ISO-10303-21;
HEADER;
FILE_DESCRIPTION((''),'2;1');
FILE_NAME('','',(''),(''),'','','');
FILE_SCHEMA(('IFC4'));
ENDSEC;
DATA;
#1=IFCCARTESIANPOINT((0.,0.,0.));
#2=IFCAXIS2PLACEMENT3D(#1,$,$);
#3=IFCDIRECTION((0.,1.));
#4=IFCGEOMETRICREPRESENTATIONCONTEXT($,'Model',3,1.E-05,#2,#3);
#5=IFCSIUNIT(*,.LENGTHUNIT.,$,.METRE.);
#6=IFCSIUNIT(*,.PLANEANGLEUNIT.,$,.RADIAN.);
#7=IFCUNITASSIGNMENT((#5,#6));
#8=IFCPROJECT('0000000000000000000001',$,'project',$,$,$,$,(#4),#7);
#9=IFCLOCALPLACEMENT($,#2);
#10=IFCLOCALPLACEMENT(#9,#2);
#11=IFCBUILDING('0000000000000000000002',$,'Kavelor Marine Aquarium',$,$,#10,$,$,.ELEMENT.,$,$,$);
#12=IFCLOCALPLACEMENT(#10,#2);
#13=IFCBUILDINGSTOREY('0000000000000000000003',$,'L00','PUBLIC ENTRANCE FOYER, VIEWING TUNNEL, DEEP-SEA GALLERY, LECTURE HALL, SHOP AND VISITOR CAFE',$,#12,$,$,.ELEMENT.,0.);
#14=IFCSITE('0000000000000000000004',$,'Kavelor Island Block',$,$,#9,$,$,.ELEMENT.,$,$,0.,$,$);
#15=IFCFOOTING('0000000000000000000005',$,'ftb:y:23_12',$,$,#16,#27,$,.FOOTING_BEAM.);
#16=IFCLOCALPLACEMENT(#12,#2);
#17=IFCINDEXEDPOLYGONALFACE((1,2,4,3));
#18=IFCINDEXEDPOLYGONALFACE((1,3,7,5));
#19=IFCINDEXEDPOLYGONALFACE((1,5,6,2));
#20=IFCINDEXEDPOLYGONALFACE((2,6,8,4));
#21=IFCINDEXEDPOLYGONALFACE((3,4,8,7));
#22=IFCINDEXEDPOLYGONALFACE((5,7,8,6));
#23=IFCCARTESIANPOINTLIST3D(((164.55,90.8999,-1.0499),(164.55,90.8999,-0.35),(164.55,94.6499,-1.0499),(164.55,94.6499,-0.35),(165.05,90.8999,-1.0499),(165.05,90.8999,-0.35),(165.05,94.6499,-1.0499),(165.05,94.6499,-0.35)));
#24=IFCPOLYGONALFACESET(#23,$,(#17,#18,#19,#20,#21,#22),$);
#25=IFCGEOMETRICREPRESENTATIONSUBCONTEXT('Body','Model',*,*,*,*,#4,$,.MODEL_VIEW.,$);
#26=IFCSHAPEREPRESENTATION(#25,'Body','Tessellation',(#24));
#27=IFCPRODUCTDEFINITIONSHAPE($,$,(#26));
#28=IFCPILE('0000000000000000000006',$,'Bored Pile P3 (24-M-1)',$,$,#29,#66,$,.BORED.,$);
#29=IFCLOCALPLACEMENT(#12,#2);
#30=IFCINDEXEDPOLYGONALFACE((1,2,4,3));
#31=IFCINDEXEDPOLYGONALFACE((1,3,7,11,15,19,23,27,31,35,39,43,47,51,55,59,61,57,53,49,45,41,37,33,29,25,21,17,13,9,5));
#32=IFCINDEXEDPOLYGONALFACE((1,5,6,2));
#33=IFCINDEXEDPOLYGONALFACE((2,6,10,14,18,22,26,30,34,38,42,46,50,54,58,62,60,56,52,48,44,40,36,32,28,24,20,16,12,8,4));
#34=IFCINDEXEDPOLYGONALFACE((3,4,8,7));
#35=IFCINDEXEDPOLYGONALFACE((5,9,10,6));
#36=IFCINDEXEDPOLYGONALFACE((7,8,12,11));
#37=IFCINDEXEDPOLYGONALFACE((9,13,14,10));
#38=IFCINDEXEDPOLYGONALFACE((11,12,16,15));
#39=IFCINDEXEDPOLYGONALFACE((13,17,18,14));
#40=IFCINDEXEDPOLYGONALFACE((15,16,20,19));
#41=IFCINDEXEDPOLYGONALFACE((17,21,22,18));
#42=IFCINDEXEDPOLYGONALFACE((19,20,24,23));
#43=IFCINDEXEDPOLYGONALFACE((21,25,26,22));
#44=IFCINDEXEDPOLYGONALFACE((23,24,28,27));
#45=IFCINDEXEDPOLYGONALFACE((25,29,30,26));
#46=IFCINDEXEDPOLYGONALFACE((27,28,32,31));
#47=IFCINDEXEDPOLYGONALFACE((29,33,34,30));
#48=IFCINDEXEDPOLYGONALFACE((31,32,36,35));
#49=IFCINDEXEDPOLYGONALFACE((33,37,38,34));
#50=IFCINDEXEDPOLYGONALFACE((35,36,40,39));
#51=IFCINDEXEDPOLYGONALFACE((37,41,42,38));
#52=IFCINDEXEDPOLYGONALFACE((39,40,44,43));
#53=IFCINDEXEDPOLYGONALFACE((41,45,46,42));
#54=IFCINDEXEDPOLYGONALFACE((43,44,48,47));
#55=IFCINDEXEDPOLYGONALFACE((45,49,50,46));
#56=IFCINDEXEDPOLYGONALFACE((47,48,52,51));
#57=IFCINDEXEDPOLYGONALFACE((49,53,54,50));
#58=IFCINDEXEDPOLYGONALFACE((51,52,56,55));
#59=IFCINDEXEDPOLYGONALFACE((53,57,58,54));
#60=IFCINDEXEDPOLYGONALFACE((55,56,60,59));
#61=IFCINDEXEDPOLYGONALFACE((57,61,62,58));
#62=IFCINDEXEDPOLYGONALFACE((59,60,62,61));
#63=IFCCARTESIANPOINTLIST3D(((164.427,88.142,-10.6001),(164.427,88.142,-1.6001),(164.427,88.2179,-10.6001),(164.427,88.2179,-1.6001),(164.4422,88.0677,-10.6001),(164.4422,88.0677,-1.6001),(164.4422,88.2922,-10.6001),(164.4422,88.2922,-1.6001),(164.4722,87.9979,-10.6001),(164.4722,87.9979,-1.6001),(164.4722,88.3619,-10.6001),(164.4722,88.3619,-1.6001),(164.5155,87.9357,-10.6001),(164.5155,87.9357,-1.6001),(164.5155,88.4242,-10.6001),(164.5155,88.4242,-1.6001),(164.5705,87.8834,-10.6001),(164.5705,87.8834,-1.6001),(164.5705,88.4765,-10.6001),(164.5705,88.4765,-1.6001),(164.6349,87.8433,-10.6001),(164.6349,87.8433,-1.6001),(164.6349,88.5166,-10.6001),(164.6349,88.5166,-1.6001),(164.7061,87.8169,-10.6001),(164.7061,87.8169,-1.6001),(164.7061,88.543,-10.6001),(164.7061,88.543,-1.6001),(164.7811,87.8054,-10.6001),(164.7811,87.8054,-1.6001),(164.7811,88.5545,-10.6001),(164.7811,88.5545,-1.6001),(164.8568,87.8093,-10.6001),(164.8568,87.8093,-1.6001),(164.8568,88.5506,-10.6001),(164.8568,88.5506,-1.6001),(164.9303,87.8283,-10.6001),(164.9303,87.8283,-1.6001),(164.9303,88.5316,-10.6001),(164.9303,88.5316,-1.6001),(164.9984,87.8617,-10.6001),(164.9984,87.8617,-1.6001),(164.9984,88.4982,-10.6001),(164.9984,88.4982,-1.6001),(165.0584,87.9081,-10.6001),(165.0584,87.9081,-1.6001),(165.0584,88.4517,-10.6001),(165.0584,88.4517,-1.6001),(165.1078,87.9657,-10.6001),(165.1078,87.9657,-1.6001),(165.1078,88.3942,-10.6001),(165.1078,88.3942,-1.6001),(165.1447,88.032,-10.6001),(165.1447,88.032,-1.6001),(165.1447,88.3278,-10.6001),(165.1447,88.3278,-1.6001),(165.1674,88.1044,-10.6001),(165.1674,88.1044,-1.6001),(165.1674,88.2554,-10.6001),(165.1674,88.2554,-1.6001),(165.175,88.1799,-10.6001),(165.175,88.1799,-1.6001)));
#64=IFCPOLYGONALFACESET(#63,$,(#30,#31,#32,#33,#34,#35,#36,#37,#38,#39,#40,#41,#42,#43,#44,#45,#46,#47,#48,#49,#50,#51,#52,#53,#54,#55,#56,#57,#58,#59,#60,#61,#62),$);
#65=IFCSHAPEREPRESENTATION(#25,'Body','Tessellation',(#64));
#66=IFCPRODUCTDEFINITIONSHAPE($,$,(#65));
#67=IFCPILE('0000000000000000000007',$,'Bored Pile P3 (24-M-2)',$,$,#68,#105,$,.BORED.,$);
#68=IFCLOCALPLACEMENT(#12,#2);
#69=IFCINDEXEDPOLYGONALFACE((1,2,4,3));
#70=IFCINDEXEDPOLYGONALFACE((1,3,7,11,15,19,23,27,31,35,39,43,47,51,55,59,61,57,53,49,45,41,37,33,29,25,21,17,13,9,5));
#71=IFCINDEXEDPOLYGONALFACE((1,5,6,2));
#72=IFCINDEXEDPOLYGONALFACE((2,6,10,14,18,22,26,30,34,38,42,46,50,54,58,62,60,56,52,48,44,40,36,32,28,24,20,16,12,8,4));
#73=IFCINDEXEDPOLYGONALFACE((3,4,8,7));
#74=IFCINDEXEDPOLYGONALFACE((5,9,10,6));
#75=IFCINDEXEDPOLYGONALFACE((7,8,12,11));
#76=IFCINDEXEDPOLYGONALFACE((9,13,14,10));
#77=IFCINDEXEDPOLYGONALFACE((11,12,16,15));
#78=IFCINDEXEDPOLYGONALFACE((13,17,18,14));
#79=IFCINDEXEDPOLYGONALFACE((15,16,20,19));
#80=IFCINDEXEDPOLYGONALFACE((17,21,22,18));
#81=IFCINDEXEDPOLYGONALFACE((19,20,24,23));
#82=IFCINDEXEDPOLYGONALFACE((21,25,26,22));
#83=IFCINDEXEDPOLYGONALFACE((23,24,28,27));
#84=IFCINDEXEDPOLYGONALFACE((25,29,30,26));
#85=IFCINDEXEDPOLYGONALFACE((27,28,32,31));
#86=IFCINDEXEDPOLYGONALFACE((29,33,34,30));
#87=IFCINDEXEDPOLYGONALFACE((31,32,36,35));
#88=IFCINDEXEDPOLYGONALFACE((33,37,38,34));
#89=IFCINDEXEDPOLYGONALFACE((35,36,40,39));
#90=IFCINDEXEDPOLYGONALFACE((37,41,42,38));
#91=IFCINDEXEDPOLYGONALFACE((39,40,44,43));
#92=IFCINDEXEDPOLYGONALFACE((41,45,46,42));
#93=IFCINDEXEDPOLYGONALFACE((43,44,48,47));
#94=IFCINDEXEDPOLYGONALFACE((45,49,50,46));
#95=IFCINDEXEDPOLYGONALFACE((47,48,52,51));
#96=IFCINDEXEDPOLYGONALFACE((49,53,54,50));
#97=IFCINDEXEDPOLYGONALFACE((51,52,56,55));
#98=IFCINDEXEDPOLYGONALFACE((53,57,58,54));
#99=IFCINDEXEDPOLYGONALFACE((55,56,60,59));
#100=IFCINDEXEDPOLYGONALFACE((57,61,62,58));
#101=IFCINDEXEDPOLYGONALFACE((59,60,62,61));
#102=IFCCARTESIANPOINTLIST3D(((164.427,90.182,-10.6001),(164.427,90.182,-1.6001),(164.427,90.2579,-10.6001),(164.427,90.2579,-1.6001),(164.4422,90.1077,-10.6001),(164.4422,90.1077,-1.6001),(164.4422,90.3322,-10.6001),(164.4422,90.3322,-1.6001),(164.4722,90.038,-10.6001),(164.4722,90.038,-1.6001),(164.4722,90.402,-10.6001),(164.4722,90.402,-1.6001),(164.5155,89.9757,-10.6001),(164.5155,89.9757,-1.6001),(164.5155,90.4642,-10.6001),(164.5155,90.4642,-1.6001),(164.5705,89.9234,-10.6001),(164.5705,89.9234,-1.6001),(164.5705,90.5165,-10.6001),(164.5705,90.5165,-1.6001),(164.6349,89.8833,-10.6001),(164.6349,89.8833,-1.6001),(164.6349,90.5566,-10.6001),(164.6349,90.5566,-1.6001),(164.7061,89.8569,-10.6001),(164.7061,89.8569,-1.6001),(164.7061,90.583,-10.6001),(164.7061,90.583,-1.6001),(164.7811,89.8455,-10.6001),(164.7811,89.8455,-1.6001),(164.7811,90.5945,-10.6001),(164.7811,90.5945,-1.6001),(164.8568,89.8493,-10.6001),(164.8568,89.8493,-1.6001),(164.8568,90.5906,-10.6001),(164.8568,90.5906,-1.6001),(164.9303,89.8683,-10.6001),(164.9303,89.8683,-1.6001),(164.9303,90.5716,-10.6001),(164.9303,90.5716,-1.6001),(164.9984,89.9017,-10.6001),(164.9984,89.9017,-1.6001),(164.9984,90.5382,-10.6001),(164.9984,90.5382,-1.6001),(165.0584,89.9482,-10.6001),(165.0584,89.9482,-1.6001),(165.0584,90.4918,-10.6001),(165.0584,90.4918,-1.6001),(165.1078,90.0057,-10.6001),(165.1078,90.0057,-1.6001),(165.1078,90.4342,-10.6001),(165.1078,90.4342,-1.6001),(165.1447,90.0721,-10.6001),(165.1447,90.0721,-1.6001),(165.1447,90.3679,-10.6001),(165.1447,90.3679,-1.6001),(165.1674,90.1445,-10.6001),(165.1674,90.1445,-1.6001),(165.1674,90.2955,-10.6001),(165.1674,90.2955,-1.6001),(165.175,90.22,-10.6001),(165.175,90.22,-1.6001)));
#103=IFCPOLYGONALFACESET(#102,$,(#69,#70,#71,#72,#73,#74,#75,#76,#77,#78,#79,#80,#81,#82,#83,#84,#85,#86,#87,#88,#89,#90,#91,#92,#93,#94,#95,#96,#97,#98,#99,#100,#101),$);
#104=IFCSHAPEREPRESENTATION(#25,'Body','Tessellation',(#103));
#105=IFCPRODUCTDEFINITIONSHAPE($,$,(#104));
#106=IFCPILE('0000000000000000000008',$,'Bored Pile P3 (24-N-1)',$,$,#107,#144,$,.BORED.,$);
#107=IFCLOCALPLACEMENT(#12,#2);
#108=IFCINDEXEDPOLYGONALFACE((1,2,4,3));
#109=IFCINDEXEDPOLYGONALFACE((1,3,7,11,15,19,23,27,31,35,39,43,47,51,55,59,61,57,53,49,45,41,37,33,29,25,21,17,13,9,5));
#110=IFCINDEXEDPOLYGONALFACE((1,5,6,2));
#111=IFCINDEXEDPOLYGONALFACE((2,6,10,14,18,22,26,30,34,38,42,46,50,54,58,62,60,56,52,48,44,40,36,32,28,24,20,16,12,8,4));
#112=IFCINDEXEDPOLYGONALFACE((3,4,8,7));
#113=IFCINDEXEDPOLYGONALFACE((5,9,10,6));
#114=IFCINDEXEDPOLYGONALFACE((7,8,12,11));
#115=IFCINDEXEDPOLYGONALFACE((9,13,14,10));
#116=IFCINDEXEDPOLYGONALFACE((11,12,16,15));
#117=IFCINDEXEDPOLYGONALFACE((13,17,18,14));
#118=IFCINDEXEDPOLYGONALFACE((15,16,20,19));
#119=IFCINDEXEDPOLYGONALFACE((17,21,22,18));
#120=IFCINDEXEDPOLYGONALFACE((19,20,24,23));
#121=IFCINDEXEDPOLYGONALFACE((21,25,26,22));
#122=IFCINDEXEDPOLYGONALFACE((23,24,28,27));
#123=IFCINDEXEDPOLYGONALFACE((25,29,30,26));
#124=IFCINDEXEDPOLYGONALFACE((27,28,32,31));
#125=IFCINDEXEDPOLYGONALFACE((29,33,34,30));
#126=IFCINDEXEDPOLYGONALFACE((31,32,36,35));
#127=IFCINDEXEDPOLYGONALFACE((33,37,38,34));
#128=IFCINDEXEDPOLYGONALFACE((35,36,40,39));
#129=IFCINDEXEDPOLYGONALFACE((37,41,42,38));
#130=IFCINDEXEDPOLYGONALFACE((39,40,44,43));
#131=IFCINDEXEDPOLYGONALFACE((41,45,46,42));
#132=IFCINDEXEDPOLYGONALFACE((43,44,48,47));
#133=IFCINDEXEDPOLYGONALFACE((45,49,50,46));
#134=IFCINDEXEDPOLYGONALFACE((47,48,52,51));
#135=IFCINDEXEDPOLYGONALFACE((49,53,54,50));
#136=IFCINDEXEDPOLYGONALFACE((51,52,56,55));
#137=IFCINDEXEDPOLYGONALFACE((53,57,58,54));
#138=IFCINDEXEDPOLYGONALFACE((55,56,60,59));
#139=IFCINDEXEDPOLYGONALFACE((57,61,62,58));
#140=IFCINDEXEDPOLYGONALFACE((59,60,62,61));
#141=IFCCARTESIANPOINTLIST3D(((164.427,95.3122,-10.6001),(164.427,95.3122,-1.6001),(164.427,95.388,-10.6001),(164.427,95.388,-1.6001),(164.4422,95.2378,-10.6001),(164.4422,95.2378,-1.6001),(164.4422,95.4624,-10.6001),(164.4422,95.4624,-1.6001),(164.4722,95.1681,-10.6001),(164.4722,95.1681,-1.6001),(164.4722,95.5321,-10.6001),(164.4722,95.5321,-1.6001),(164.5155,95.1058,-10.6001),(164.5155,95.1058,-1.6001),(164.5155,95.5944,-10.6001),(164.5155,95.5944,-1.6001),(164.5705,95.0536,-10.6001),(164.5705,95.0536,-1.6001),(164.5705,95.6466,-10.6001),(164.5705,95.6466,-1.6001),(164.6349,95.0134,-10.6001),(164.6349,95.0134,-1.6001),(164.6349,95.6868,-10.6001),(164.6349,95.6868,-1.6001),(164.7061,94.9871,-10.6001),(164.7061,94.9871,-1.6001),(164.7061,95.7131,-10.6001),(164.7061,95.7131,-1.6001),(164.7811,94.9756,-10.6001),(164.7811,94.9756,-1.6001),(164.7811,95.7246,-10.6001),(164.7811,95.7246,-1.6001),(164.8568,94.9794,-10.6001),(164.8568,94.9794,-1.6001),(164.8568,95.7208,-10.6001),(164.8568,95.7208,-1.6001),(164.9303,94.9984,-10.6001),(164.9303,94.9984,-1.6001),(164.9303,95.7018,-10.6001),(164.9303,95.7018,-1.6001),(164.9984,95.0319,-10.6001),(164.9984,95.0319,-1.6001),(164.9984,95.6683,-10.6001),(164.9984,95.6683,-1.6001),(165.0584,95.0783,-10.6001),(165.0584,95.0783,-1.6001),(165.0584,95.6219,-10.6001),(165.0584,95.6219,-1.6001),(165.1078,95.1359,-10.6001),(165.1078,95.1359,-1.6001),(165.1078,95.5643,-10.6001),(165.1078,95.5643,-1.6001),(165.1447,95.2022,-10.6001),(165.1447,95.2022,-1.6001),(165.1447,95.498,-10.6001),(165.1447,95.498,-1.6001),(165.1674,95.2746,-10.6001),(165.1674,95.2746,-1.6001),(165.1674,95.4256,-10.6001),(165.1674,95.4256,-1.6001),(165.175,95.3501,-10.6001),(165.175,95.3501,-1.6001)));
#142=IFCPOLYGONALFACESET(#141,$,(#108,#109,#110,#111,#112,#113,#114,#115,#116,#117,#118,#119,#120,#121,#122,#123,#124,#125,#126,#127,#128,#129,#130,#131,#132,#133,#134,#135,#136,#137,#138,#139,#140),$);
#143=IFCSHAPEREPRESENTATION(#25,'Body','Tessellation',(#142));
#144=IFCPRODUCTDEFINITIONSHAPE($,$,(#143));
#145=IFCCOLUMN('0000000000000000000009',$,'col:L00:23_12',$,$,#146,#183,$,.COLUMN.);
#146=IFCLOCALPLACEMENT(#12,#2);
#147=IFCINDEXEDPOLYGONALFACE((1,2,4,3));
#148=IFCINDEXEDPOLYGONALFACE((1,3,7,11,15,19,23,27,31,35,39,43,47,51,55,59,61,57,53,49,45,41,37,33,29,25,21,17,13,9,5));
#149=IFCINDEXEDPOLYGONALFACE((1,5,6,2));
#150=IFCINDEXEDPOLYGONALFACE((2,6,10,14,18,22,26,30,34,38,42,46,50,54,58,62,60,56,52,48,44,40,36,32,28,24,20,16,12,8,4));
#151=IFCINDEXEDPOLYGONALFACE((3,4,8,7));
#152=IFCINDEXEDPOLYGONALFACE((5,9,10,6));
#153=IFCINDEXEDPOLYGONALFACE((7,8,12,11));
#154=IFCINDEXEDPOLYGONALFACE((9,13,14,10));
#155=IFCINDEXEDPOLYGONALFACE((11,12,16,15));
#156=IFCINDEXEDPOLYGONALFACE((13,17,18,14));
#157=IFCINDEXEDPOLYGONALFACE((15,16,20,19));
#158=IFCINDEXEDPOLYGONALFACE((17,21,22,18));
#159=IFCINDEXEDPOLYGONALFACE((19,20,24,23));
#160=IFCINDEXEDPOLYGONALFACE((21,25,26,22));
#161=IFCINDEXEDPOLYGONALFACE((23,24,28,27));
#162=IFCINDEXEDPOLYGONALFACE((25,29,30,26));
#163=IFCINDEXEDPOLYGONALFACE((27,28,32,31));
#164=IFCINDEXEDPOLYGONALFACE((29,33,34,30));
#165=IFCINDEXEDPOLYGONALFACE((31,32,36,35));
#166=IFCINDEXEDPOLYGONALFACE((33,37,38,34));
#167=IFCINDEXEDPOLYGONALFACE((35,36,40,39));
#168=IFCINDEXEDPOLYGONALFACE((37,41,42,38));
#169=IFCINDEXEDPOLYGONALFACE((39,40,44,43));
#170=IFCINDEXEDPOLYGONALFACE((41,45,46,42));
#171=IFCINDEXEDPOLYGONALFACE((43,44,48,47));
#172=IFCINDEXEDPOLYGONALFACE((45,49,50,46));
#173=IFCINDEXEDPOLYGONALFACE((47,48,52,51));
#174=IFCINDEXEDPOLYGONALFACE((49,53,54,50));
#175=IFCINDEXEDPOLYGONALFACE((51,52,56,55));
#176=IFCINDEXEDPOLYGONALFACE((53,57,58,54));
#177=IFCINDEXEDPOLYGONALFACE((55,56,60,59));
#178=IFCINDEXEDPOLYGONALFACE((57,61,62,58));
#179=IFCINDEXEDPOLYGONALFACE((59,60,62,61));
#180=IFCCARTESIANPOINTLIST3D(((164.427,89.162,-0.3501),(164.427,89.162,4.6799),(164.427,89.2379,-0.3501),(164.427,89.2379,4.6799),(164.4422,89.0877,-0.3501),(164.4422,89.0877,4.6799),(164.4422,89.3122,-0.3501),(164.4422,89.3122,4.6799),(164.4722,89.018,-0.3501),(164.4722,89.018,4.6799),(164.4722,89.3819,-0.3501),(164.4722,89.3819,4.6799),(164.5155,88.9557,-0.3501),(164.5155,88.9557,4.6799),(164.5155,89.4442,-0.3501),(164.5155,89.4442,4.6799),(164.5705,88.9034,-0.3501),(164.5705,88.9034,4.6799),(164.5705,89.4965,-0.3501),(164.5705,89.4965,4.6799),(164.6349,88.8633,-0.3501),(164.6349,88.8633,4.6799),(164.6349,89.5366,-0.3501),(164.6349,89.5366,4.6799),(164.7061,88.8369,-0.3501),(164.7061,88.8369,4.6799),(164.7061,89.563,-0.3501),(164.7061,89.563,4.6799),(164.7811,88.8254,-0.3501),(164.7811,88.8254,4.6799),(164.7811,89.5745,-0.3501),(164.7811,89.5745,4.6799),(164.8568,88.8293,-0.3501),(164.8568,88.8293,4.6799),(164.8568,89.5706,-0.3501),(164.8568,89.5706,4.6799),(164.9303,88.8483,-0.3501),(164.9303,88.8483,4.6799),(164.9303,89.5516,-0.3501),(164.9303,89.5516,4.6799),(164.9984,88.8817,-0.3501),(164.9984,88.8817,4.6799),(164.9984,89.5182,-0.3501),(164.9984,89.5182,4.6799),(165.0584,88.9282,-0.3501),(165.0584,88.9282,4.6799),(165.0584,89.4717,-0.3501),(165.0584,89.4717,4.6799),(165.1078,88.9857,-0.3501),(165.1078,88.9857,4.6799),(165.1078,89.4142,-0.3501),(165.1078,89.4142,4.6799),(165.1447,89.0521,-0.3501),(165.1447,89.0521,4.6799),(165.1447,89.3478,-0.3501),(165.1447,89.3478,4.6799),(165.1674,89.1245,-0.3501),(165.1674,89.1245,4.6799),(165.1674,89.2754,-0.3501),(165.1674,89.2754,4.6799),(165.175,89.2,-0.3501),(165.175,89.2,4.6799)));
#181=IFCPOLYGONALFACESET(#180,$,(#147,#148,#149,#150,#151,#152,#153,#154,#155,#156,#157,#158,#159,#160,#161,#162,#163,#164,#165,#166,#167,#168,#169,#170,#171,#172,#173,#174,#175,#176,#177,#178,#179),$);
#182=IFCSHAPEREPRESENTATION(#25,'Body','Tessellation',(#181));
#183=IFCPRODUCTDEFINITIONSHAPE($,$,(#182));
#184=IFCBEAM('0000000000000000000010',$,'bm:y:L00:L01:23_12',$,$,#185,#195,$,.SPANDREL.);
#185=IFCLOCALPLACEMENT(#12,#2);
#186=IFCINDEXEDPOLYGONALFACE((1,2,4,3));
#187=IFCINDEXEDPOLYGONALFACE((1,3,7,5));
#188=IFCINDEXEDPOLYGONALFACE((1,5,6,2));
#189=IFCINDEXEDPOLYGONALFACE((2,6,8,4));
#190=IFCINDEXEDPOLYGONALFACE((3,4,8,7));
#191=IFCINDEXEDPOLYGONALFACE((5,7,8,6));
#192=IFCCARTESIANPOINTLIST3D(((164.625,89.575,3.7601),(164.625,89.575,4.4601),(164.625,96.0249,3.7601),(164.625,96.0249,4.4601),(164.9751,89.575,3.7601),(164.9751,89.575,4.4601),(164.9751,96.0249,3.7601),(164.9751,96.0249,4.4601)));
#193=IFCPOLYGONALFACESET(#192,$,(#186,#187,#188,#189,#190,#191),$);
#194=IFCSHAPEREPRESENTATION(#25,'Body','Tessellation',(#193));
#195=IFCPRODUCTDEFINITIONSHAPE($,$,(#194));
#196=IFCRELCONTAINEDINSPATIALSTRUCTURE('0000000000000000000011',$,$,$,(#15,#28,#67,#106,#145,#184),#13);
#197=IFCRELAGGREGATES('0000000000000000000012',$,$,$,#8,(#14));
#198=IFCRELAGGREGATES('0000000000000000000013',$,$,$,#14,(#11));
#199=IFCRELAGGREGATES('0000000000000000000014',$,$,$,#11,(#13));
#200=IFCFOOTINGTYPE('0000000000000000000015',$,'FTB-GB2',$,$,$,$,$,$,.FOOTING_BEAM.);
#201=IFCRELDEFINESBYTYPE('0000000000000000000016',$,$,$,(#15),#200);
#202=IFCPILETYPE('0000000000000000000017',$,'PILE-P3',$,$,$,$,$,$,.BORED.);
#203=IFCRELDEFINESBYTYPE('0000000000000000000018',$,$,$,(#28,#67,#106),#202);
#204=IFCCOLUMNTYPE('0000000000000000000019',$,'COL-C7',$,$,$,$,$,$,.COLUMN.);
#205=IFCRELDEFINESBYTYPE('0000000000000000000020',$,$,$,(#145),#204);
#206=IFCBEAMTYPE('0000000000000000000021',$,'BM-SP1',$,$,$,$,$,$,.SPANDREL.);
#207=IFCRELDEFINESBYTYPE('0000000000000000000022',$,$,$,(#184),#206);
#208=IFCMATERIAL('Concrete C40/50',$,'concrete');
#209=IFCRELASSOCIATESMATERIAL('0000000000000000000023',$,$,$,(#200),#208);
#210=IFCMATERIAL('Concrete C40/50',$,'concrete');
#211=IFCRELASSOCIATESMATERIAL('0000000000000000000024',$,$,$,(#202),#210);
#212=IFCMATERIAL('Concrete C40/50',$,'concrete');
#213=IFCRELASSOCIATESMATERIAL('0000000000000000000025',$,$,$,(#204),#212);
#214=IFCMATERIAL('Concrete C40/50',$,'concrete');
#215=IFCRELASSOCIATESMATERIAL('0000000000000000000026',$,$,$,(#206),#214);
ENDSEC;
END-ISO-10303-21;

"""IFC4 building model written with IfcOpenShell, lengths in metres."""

from ifc_helpers import new_model, si_unit, direction, frame, origin, origin_2d, place, context, subcontext, project, spatial, rectangle, circle, extrude, material, material_profile, profile_set, type_object, element, save


model = new_model("IFC4")

# Units and contexts
model_context = context("Model", 3, precision=1e-05, world=origin(), true_north=direction((0.0, 1.0)))
body_context = subcontext(model_context, "Body", "Model", "MODEL_VIEW")
ifc_project = project(units=[si_unit("LENGTHUNIT", "METRE"), si_unit("PLANEANGLEUNIT", "RADIAN")], contexts=[model_context])

# Site, building, storey
site_placement = place(None, origin())
site = spatial("IfcSite", under=ifc_project, at=site_placement, Name="Kavelor Island Block", CompositionType="ELEMENT", RefElevation=0.0)
building_placement = place(site_placement, origin())
building = spatial("IfcBuilding", under=site, at=building_placement, Name="Kavelor Marine Aquarium", CompositionType="ELEMENT")
storey_placement = place(building_placement, origin())
storey = spatial("IfcBuildingStorey", under=building, at=storey_placement, Name="L00", Description="PUBLIC ENTRANCE FOYER, VIEWING TUNNEL, DEEP-SEA GALLERY, LECTURE HALL, SHOP AND VISITOR CAFE", CompositionType="ELEMENT", Elevation=0.0)

# Footing
ifc_material_1 = material(Name="Concrete C40/50", Category="concrete")
ifc_material_profile_1 = material_profile(ifc_material_1, rectangle(XDim=0.5, YDim=0.7, at=origin_2d()), Name="GB 500x700")
ifc_profile_set_1 = profile_set([ifc_material_profile_1], Name="Concrete C40/50")
footing_type = type_object("IfcFootingType", Name="FTB-GB2", PredefinedType="FOOTING_BEAM", material=ifc_profile_set_1)
footing_placement = place(storey_placement, frame((164.8, 90.8999, -0.7), z_axis=(0.0, 1.0, 0.0), x_axis=(-1.0, 0.0, 0.0)))
element("IfcFooting", 1, at=footing_placement, inside=storey, type_object=footing_type, Name="ftb:y:23_12", PredefinedType="FOOTING_BEAM", context=body_context, shape_type="SweptSolid", body=[
    extrude(rectangle(XDim=0.5, YDim=0.7, at=origin_2d()), origin(), (0.0, 0.0, 1.0), 3.75),
])

# Piles
ifc_material_2 = material(Name="Concrete C40/50", Category="concrete")
ifc_material_profile_2 = material_profile(ifc_material_2, circle(Radius=0.375, at=origin_2d()), Name="PILE D750")
ifc_profile_set_2 = profile_set([ifc_material_profile_2], Name="Concrete C40/50")
pile_type = type_object("IfcPileType", Name="PILE-P3", PredefinedType="BORED", material=ifc_profile_set_2)
for number, where, z_axis, x_axis, name in (
    (2, (164.8, 88.1799, -1.6001), (0.0, 0.0, -1.0), (1.0, 0.0, 0.0), "Bored Pile P3 (24-M-1)"),
    (3, (164.8, 90.22, -1.6001), (0.0, 0.0, -1.0), (1.0, 0.0, 0.0), "Bored Pile P3 (24-M-2)"),
    (4, (164.8, 95.3501, -1.6001), (0.0, 0.0, -1.0), (1.0, 0.0, 0.0), "Bored Pile P3 (24-N-1)"),
):
    element("IfcPile", number, at=place(storey_placement, frame(where, z_axis=z_axis, x_axis=x_axis)), inside=storey, type_object=pile_type, Name=name, PredefinedType="BORED", context=body_context, shape_type="SweptSolid", body=[
        extrude(circle(Radius=0.375, at=origin_2d()), origin(), (0.0, 0.0, 1.0), 9.0),
    ])

# Column
ifc_material_3 = material(Name="Concrete C40/50", Category="concrete")
ifc_material_profile_3 = material_profile(ifc_material_3, circle(Radius=0.375, at=origin_2d()), Name="RC-COL D750")
ifc_profile_set_3 = profile_set([ifc_material_profile_3], Name="Concrete C40/50")
column_type = type_object("IfcColumnType", Name="COL-C7", PredefinedType="COLUMN", material=ifc_profile_set_3)
column_placement = place(storey_placement, frame((164.8, 89.2, -0.3501), z_axis=(0.0, 0.0, 1.0), x_axis=(1.0, 0.0, 0.0)))
element("IfcColumn", 5, at=column_placement, inside=storey, type_object=column_type, Name="col:L00:23_12", PredefinedType="COLUMN", context=body_context, shape_type="SweptSolid", body=[
    extrude(circle(Radius=0.375, at=origin_2d()), origin(), (0.0, 0.0, 1.0), 5.03),
])

# Beam
ifc_material_4 = material(Name="Concrete C40/50", Category="concrete")
ifc_material_profile_4 = material_profile(ifc_material_4, rectangle(XDim=0.3501, YDim=0.7, at=origin_2d()), Name="RC-SP 350x700")
ifc_profile_set_4 = profile_set([ifc_material_profile_4], Name="Concrete C40/50")
beam_type = type_object("IfcBeamType", Name="BM-SP1", PredefinedType="SPANDREL", material=ifc_profile_set_4)
beam_placement = place(storey_placement, frame((164.8, 89.575, 4.1101), z_axis=(0.0, 1.0, 0.0), x_axis=(-1.0, 0.0, 0.0)))
element("IfcBeam", 6, at=beam_placement, inside=storey, type_object=beam_type, Name="bm:y:L00:L01:23_12", PredefinedType="SPANDREL", context=body_context, shape_type="SweptSolid", body=[
    extrude(rectangle(XDim=0.3501, YDim=0.7, at=origin_2d()), origin(), (0.0, 0.0, 1.0), 6.45),
])

save(model, "model.ifc")
